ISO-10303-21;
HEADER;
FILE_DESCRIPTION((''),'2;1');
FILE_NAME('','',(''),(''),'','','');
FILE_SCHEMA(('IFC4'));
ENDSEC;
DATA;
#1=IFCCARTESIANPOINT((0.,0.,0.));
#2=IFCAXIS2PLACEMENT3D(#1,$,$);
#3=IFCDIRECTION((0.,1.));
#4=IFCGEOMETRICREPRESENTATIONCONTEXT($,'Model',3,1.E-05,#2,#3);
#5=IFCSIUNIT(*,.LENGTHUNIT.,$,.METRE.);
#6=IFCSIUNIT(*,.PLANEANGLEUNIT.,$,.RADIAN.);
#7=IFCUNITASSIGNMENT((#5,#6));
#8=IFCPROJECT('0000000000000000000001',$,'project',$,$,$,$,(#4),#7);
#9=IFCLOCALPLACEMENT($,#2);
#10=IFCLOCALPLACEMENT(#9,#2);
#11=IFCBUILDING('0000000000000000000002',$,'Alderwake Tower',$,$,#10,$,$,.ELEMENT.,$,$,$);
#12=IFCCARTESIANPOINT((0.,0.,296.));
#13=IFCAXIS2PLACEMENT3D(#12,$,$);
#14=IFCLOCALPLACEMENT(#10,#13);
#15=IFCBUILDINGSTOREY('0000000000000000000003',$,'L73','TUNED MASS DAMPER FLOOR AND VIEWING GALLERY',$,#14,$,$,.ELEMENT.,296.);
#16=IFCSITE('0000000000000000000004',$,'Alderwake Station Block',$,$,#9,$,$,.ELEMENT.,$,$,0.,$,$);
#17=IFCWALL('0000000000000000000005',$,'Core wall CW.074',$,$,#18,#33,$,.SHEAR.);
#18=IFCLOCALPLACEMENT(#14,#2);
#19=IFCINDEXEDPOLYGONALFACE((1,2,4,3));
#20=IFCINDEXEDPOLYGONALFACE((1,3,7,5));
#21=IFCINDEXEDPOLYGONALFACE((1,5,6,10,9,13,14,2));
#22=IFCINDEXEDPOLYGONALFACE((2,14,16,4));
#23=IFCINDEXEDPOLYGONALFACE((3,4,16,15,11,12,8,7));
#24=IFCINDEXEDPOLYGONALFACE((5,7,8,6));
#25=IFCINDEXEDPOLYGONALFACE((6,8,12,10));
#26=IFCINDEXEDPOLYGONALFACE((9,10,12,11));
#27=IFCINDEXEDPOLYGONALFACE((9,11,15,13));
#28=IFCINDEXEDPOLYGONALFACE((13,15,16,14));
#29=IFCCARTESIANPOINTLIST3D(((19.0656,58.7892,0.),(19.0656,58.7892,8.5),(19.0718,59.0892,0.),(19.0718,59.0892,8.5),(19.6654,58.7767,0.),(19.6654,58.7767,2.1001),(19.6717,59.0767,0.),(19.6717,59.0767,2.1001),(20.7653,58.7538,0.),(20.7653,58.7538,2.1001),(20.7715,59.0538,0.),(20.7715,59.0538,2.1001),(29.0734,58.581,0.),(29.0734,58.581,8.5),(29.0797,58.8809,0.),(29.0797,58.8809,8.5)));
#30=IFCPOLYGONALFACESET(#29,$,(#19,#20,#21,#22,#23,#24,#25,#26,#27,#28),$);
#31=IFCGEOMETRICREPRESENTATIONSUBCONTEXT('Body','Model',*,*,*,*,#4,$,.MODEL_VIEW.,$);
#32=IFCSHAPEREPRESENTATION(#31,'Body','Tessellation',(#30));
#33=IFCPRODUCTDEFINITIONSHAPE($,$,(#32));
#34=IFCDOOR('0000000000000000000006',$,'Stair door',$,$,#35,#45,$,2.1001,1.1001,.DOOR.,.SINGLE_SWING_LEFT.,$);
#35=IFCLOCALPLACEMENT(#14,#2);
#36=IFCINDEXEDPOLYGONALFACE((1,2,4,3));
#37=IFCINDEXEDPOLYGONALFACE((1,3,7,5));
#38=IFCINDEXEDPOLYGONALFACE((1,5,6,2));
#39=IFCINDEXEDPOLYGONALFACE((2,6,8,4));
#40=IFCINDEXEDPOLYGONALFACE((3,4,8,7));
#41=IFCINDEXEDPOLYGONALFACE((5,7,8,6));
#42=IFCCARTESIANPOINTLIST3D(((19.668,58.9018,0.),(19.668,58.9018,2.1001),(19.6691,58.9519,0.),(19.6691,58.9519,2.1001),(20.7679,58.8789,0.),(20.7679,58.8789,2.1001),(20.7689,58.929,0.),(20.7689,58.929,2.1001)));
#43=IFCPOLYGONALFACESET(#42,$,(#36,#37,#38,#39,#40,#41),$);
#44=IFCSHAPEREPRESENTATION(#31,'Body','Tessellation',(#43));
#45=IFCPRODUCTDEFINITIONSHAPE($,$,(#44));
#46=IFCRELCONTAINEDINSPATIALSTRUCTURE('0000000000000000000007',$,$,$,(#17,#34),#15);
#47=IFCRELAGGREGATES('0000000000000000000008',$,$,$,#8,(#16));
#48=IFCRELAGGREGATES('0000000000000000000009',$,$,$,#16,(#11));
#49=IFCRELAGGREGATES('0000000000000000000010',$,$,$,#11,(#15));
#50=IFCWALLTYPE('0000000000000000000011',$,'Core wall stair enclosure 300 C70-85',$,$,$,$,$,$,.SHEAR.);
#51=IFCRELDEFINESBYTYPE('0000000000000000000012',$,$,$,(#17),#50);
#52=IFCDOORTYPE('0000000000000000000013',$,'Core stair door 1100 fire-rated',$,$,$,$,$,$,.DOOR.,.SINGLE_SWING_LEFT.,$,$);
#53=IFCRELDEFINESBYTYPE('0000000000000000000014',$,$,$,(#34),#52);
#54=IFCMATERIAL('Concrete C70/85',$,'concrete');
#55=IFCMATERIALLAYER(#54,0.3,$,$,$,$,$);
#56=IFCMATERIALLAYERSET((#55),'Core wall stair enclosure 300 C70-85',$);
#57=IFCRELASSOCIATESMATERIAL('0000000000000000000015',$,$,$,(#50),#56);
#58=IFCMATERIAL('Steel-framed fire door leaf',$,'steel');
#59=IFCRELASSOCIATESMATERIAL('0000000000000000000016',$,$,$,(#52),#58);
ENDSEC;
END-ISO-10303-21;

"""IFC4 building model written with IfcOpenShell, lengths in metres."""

from ifc_helpers import new_model, si_unit, direction, frame, frame_2d, origin, place, context, subcontext, project, spatial, rectangle, extrude, material, layer, layer_set, type_object, element, fill, save


model = new_model("IFC4")

# Units and contexts
model_context = context("Model", 3, precision=1e-05, world=origin(), true_north=direction((0.0, 1.0)))
body_context = subcontext(model_context, "Body", "Model", "MODEL_VIEW")
ifc_project = project(units=[si_unit("LENGTHUNIT", "METRE"), si_unit("PLANEANGLEUNIT", "RADIAN")], contexts=[model_context])

# Site, building, storey
site_placement = place(None, origin())
site = spatial("IfcSite", under=ifc_project, at=site_placement, Name="Alderwake Station Block", CompositionType="ELEMENT", RefElevation=0.0)
building_placement = place(site_placement, origin())
building = spatial("IfcBuilding", under=site, at=building_placement, Name="Alderwake Tower", CompositionType="ELEMENT")
storey_placement = place(building_placement, frame((0.0, 0.0, 296.0)))
storey = spatial("IfcBuildingStorey", under=building, at=storey_placement, Name="L73", Description="TUNED MASS DAMPER FLOOR AND VIEWING GALLERY", CompositionType="ELEMENT", Elevation=296.0)

# Wall, opening, door
ifc_material_1 = material(Name="Concrete C70/85", Category="concrete")
ifc_layer_1 = layer(ifc_material_1, 0.3)
ifc_layer_set_1 = layer_set([ifc_layer_1], Name="Core wall stair enclosure 300 C70-85")
wall_type_1 = type_object("IfcWallType", Name="Core wall stair enclosure 300 C70-85", PredefinedType="SHEAR", material=ifc_layer_set_1)
wall_1_placement = place(storey_placement, frame((29.0764, 58.731, 0.0), z_axis=(0.0, 0.0, 1.0), x_axis=(-0.999784, 0.020804, 0.0)))
wall_1 = element("IfcWall", 1, at=wall_1_placement, inside=storey, type_object=wall_type_1, Name="Core wall CW.074", PredefinedType="SHEAR", context=body_context, shape_type="SweptSolid", body=[
    extrude(rectangle(XDim=10.01, YDim=0.3, at=frame_2d((5.0049, 0.0))), origin(), (0.0, 0.0, 1.0), 8.5),
])
opening_1_placement = place(wall_1_placement, frame((8.3098, 0.0, 0.0)))
opening_1 = element("IfcOpeningElement", 2, at=opening_1_placement, cuts=wall_1, PredefinedType="OPENING", context=body_context, shape_type="SweptSolid", body=[
    extrude(rectangle(XDim=1.1001, YDim=2.1001, at=frame_2d((0.55, 1.05))), frame((0.0, 0.1599, 0.0), z_axis=(0.0, -1.0, 0.0), x_axis=(1.0, 0.0, 0.0)), (0.0, 0.0, 1.0), 0.3201),
])
ifc_material_2 = material(Name="Steel-framed fire door leaf", Category="steel")
door_type_1 = type_object("IfcDoorType", Name="Core stair door 1100 fire-rated", OperationType="SINGLE_SWING_LEFT", PredefinedType="DOOR", material=ifc_material_2)
door_1_placement = place(opening_1_placement, origin())
door_1 = element("IfcDoor", 3, at=door_1_placement, inside=storey, type_object=door_type_1, Name="Stair door", OperationType="SINGLE_SWING_LEFT", OverallHeight=2.1001, OverallWidth=1.1001, PredefinedType="DOOR", context=body_context, shape_type="SweptSolid", body=[
    extrude(rectangle(XDim=1.1001, YDim=2.1001, at=frame_2d((0.55, 1.05))), frame((0.0, 0.0249, 0.0), z_axis=(0.0, -1.0, 0.0), x_axis=(1.0, 0.0, 0.0)), (0.0, 0.0, 1.0), 0.05),
])
fill(opening_1, door_1)

save(model, "model.ifc")
